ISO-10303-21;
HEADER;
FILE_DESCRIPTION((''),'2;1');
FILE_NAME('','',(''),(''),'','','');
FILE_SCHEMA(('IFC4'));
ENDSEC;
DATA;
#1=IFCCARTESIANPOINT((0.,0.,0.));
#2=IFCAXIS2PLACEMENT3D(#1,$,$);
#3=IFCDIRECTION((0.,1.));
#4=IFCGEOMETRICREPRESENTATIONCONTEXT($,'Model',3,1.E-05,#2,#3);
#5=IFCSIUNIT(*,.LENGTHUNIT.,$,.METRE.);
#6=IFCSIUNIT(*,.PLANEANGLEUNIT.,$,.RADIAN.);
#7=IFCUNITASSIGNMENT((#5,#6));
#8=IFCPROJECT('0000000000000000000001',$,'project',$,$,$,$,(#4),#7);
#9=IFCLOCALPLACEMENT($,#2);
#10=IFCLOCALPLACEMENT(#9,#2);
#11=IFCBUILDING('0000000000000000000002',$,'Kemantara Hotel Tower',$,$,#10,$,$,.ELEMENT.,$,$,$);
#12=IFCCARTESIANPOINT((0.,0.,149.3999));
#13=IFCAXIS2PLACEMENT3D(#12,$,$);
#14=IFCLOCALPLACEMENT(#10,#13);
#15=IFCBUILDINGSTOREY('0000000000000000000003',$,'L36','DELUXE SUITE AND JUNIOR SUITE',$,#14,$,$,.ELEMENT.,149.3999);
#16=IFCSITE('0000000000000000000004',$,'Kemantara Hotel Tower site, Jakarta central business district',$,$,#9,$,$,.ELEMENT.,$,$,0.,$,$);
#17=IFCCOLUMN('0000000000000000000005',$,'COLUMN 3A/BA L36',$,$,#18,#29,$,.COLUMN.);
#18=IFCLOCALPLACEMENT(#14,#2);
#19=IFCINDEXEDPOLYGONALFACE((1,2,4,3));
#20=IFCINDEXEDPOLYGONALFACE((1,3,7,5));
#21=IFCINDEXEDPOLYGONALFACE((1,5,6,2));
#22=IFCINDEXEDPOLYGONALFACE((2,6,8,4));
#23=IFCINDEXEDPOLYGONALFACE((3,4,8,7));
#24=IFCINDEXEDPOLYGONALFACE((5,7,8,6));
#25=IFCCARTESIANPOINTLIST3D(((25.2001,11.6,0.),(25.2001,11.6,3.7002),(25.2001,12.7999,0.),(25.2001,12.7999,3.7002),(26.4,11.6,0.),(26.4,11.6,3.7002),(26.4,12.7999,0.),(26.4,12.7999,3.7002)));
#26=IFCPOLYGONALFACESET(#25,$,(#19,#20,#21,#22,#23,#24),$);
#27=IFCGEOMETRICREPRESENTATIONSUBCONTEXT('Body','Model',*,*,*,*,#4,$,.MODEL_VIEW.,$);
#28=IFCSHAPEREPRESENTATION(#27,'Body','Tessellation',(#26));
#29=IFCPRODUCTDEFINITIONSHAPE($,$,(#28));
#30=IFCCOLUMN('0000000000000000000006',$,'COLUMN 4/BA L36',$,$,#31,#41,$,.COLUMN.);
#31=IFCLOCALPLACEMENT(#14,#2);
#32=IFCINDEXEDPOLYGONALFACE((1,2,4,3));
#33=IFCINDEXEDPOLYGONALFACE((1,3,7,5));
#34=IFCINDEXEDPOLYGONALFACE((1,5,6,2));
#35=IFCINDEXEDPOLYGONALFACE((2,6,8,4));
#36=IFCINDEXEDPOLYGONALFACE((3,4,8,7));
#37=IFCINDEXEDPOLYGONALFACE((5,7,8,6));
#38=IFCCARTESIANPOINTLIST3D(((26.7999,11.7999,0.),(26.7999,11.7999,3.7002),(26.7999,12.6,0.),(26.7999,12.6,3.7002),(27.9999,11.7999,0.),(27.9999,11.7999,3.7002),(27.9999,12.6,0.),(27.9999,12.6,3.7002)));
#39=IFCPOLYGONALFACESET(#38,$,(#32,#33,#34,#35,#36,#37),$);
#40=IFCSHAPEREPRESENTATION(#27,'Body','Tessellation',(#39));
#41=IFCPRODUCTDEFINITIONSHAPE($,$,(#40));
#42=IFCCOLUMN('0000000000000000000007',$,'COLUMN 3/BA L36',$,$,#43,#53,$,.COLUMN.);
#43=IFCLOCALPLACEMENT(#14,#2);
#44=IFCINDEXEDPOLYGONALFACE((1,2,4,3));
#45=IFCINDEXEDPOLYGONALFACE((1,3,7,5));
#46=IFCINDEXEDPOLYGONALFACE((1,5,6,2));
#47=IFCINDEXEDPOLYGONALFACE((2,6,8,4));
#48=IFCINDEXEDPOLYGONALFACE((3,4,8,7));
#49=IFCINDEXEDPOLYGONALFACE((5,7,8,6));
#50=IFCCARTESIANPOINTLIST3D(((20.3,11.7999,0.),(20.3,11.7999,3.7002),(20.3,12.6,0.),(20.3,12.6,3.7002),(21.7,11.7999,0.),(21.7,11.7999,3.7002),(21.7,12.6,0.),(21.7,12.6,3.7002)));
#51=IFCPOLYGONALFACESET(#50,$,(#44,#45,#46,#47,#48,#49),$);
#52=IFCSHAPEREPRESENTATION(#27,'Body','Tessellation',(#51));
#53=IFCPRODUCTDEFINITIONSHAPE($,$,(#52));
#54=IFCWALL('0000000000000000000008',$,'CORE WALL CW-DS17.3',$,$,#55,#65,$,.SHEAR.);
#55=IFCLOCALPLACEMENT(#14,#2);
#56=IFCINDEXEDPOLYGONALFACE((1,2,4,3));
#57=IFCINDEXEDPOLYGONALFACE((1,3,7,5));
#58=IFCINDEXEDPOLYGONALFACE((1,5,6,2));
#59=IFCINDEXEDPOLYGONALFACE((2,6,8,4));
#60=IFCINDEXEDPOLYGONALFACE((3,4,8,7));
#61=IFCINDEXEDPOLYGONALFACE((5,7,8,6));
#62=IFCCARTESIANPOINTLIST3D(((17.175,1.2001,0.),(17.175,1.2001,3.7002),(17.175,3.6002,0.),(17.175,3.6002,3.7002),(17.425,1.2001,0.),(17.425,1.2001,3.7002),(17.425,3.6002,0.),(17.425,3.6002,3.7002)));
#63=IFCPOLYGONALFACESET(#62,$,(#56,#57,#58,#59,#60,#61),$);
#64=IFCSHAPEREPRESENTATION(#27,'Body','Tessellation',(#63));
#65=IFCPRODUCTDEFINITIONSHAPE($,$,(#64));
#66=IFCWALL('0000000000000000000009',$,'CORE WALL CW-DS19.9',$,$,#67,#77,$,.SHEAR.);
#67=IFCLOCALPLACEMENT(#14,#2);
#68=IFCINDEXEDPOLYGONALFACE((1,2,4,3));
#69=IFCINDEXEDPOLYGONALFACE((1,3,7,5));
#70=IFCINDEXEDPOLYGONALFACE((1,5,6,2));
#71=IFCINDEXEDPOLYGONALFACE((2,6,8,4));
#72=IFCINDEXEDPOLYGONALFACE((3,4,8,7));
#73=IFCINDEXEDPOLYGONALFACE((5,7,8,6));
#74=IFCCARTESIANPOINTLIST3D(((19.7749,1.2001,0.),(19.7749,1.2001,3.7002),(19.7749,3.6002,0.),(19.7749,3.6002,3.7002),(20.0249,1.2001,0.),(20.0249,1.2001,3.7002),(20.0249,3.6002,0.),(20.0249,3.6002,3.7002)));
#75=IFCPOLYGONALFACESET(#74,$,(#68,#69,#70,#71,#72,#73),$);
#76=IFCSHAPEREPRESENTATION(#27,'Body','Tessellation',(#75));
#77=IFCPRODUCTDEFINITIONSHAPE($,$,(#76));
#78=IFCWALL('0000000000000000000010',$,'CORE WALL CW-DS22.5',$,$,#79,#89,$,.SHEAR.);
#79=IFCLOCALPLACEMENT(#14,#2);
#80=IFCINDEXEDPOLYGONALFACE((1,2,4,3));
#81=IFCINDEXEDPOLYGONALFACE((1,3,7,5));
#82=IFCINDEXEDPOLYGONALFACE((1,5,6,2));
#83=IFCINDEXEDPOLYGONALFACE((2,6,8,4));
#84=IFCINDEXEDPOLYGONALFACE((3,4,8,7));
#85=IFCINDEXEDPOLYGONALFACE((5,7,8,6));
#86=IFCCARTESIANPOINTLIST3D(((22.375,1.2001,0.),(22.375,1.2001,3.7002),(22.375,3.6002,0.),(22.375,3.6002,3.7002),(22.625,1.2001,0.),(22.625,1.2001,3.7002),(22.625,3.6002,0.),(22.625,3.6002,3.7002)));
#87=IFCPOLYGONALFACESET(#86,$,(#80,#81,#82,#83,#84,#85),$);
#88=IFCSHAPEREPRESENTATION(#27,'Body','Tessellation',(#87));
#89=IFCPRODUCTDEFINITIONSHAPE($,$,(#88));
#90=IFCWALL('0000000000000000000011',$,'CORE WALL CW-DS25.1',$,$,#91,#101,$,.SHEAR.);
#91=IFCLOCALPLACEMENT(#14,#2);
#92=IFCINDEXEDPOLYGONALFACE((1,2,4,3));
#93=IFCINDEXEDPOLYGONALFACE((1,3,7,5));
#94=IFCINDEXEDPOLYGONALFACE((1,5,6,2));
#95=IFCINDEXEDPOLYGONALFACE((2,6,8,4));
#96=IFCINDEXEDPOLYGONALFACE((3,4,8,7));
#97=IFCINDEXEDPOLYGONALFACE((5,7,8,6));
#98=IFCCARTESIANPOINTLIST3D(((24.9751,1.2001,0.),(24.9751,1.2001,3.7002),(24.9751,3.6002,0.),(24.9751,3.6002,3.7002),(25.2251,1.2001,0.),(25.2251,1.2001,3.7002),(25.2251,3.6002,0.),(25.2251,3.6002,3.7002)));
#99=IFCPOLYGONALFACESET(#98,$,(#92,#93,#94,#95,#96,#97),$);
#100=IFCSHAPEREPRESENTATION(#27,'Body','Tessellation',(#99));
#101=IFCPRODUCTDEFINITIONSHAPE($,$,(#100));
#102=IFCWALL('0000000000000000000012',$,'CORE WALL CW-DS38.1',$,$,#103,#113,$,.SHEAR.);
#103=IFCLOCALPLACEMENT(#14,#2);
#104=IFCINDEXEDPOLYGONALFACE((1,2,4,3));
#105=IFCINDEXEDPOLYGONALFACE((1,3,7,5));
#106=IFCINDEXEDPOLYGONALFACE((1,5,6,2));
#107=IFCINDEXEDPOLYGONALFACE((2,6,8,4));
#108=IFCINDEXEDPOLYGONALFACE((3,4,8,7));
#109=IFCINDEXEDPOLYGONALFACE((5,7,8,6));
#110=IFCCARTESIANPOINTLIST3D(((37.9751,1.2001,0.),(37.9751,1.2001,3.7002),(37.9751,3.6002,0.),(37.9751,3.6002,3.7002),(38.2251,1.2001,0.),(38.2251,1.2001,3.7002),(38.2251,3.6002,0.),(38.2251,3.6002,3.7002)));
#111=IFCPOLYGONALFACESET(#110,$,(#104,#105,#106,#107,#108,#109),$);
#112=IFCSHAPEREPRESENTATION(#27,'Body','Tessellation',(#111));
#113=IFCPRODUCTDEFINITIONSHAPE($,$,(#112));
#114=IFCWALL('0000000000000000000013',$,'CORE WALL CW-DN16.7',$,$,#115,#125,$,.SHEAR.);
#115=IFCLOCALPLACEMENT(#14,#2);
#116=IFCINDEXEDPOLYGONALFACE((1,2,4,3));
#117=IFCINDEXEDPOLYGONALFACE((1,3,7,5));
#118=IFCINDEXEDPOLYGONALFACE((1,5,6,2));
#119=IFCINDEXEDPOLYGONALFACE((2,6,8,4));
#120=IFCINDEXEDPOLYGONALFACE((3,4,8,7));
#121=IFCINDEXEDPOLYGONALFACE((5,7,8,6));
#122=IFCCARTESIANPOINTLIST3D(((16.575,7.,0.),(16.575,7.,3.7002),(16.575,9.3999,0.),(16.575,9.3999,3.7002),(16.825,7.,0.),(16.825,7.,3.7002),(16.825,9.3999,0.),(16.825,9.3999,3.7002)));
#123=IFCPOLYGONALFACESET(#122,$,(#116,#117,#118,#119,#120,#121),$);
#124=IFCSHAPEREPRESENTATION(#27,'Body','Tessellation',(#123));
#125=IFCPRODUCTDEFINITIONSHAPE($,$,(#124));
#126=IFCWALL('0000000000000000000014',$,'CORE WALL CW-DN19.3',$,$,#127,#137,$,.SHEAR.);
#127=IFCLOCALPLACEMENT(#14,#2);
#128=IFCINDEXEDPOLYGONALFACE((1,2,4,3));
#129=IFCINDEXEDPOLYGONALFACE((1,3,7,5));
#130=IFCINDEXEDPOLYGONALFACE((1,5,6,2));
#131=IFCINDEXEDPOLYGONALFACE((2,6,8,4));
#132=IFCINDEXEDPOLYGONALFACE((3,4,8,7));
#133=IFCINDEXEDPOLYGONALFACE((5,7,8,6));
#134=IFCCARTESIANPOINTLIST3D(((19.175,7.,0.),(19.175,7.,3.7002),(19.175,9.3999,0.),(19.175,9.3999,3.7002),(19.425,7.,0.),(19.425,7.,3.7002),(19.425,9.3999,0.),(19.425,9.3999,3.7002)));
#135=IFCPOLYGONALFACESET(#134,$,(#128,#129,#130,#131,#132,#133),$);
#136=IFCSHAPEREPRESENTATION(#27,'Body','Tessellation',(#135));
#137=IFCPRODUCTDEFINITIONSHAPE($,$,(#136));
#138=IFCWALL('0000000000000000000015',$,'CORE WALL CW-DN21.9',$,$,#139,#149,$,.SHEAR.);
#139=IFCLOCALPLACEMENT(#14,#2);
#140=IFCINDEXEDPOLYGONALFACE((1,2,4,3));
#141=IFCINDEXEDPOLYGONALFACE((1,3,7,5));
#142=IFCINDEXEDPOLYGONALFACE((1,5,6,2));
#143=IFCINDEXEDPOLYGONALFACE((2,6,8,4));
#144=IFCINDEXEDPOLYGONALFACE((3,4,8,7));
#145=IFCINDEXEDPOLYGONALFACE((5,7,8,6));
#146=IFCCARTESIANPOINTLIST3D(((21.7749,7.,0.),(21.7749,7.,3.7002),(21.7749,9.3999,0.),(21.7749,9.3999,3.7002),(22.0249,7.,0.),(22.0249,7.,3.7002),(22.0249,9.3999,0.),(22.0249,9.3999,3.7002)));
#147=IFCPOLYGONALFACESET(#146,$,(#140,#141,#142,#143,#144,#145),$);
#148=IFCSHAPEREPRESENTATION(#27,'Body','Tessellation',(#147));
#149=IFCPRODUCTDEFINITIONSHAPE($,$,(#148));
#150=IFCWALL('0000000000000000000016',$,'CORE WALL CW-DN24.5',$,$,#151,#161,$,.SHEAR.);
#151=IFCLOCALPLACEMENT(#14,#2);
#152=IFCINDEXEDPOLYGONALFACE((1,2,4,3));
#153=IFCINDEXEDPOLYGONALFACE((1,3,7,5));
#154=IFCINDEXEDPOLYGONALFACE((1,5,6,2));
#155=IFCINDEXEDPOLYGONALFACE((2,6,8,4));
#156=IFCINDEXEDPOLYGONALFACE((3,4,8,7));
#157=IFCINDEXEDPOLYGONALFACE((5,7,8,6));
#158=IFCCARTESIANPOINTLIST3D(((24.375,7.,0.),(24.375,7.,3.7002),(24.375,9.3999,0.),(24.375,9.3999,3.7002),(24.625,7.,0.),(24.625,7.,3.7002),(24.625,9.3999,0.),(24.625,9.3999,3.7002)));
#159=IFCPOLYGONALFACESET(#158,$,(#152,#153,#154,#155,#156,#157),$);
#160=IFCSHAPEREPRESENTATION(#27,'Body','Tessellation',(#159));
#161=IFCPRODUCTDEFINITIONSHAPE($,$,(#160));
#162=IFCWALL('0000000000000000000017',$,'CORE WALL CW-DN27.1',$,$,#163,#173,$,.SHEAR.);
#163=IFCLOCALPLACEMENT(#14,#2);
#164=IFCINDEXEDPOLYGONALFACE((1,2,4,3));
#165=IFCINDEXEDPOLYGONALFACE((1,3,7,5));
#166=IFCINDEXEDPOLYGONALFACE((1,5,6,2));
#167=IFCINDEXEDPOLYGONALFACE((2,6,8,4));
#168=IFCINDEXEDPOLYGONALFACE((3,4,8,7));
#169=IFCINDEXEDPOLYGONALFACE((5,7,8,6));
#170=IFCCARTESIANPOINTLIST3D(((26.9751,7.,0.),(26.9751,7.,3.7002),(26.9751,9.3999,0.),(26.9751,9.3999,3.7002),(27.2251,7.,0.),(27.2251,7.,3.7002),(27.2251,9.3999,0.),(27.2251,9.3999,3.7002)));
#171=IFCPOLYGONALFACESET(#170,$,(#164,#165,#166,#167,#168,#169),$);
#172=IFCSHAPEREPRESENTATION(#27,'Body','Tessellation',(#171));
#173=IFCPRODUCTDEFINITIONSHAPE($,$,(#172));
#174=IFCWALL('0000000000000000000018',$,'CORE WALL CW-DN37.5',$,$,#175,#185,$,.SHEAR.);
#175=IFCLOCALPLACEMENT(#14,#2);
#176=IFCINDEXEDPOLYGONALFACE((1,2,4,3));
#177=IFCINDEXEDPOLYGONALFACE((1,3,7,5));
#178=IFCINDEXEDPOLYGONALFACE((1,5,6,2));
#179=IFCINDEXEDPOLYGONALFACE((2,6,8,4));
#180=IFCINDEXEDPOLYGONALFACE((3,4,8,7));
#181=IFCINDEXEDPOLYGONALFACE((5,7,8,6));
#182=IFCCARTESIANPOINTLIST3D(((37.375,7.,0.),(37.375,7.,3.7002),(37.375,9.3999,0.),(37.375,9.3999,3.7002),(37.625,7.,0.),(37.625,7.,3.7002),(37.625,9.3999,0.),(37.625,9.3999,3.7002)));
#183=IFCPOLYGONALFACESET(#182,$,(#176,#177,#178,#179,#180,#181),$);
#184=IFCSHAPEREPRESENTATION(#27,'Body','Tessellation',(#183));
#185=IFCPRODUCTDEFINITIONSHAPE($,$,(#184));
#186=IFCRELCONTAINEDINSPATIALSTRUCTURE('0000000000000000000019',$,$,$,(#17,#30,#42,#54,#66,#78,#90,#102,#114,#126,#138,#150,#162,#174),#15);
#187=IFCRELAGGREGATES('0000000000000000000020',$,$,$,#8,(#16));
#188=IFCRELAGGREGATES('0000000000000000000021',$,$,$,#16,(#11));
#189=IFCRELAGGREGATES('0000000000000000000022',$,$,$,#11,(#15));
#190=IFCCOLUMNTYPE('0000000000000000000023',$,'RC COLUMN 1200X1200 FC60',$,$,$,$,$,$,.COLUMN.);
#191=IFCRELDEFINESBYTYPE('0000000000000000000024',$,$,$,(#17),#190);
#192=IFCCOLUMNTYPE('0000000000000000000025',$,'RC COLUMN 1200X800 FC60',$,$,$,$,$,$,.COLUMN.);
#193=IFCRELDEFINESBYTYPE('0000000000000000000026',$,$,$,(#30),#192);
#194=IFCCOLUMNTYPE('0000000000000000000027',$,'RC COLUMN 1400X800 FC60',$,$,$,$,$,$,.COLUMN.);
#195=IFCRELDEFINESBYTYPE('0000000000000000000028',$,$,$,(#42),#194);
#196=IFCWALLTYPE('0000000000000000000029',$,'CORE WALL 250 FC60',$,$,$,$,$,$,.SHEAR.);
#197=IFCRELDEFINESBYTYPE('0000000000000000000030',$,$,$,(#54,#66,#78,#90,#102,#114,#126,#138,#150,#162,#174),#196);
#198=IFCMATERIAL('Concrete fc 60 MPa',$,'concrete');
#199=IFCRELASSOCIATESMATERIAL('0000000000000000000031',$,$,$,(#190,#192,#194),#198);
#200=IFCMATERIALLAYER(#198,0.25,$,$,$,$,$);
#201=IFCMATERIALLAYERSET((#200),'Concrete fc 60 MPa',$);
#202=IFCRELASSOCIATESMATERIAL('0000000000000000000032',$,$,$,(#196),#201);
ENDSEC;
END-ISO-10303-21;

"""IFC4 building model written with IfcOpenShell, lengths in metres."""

from ifc_helpers import new_model, si_unit, direction, frame, frame_2d, origin, origin_2d, place, context, subcontext, project, spatial, rectangle, extrude, material, layer, layer_set, material_profile, profile_set, type_object, element, save


model = new_model("IFC4")

# Units and contexts
model_context = context("Model", 3, precision=1e-05, world=origin(), true_north=direction((0.0, 1.0)))
body_context = subcontext(model_context, "Body", "Model", "MODEL_VIEW")
ifc_project = project(units=[si_unit("LENGTHUNIT", "METRE"), si_unit("PLANEANGLEUNIT", "RADIAN")], contexts=[model_context])

# Site, building, storey
site_placement = place(None, origin())
site = spatial("IfcSite", under=ifc_project, at=site_placement, Name="Kemantara Hotel Tower site, Jakarta central business district", CompositionType="ELEMENT", RefElevation=0.0)
building_placement = place(site_placement, origin())
building = spatial("IfcBuilding", under=site, at=building_placement, Name="Kemantara Hotel Tower", CompositionType="ELEMENT")
storey_placement = place(building_placement, frame((0.0, 0.0, 149.3999)))
storey = spatial("IfcBuildingStorey", under=building, at=storey_placement, Name="L36", Description="DELUXE SUITE AND JUNIOR SUITE", CompositionType="ELEMENT", Elevation=149.3999)

# Columns
ifc_material_1 = material(Name="Concrete fc 60 MPa", Category="concrete")
ifc_material_profile_1 = material_profile(ifc_material_1, rectangle(XDim=1.2, YDim=1.2, at=origin_2d()), Name="RC 1200X1200")
ifc_profile_set_1 = profile_set([ifc_material_profile_1], Name="Concrete fc 60 MPa")
column_type_1 = type_object("IfcColumnType", Name="RC COLUMN 1200X1200 FC60", PredefinedType="COLUMN", material=ifc_profile_set_1)
column_1_placement = place(storey_placement, frame((25.8, 12.2, 0.0), z_axis=(0.0, 0.0, 1.0), x_axis=(1.0, 0.0, 0.0)))
element("IfcColumn", 1, at=column_1_placement, inside=storey, type_object=column_type_1, Name="COLUMN 3A/BA L36", PredefinedType="COLUMN", context=body_context, shape_type="SweptSolid", body=[
    extrude(rectangle(XDim=1.2, YDim=1.2, at=origin_2d()), origin(), (0.0, 0.0, 1.0), 3.7002),
])
ifc_material_profile_2 = material_profile(ifc_material_1, rectangle(XDim=1.2, YDim=0.8, at=origin_2d()), Name="RC 1200X800")
ifc_profile_set_2 = profile_set([ifc_material_profile_2], Name="Concrete fc 60 MPa")
column_type_2 = type_object("IfcColumnType", Name="RC COLUMN 1200X800 FC60", PredefinedType="COLUMN", material=ifc_profile_set_2)
column_2_placement = place(storey_placement, frame((27.3999, 12.2, 0.0), z_axis=(0.0, 0.0, 1.0), x_axis=(1.0, 0.0, 0.0)))
element("IfcColumn", 2, at=column_2_placement, inside=storey, type_object=column_type_2, Name="COLUMN 4/BA L36", PredefinedType="COLUMN", context=body_context, shape_type="SweptSolid", body=[
    extrude(rectangle(XDim=1.2, YDim=0.8, at=origin_2d()), origin(), (0.0, 0.0, 1.0), 3.7002),
])
ifc_material_profile_3 = material_profile(ifc_material_1, rectangle(XDim=1.3999, YDim=0.8, at=origin_2d()), Name="RC 1400X800")
ifc_profile_set_3 = profile_set([ifc_material_profile_3], Name="Concrete fc 60 MPa")
column_type_3 = type_object("IfcColumnType", Name="RC COLUMN 1400X800 FC60", PredefinedType="COLUMN", material=ifc_profile_set_3)
column_3_placement = place(storey_placement, frame((21.0, 12.2, 0.0), z_axis=(0.0, 0.0, 1.0), x_axis=(1.0, 0.0, 0.0)))
element("IfcColumn", 3, at=column_3_placement, inside=storey, type_object=column_type_3, Name="COLUMN 3/BA L36", PredefinedType="COLUMN", context=body_context, shape_type="SweptSolid", body=[
    extrude(rectangle(XDim=1.3999, YDim=0.8, at=origin_2d()), origin(), (0.0, 0.0, 1.0), 3.7002),
])

# Walls
ifc_layer_1 = layer(ifc_material_1, 0.25)
ifc_layer_set_1 = layer_set([ifc_layer_1], Name="Concrete fc 60 MPa")
wall_type_1 = type_object("IfcWallType", Name="CORE WALL 250 FC60", PredefinedType="SHEAR", material=ifc_layer_set_1)
for number, where, z_axis, x_axis, name in (
    (4, (17.3, 1.2, 0.0), (0.0, 0.0, 1.0), (0.0, 1.0, 0.0), "CORE WALL CW-DS17.3"),
    (5, (19.8999, 1.2, 0.0), (0.0, 0.0, 1.0), (0.0, 1.0, 0.0), "CORE WALL CW-DS19.9"),
    (6, (22.5, 1.2, 0.0), (0.0, 0.0, 1.0), (0.0, 1.0, 0.0), "CORE WALL CW-DS22.5"),
    (7, (25.1001, 1.2, 0.0), (0.0, 0.0, 1.0), (0.0, 1.0, 0.0), "CORE WALL CW-DS25.1"),
    (8, (38.1001, 1.2, 0.0), (0.0, 0.0, 1.0), (0.0, 1.0, 0.0), "CORE WALL CW-DS38.1"),
):
    element("IfcWall", number, at=place(storey_placement, frame(where, z_axis=z_axis, x_axis=x_axis)), inside=storey, type_object=wall_type_1, Name=name, PredefinedType="SHEAR", context=body_context, shape_type="SweptSolid", body=[
        extrude(rectangle(XDim=2.4001, YDim=0.25, at=frame_2d((1.2002, 0.0))), origin(), (0.0, 0.0, 1.0), 3.7002),
    ])
for number, where, z_axis, x_axis, name in (
    (9, (16.7, 7.0, 0.0), (0.0, 0.0, 1.0), (0.0, 1.0, 0.0), "CORE WALL CW-DN16.7"),
    (10, (19.3, 7.0, 0.0), (0.0, 0.0, 1.0), (0.0, 1.0, 0.0), "CORE WALL CW-DN19.3"),
    (11, (21.8999, 7.0, 0.0), (0.0, 0.0, 1.0), (0.0, 1.0, 0.0), "CORE WALL CW-DN21.9"),
    (12, (24.5, 7.0, 0.0), (0.0, 0.0, 1.0), (0.0, 1.0, 0.0), "CORE WALL CW-DN24.5"),
    (13, (27.1001, 7.0, 0.0), (0.0, 0.0, 1.0), (0.0, 1.0, 0.0), "CORE WALL CW-DN27.1"),
    (14, (37.5, 7.0, 0.0), (0.0, 0.0, 1.0), (0.0, 1.0, 0.0), "CORE WALL CW-DN37.5"),
):
    element("IfcWall", number, at=place(storey_placement, frame(where, z_axis=z_axis, x_axis=x_axis)), inside=storey, type_object=wall_type_1, Name=name, PredefinedType="SHEAR", context=body_context, shape_type="SweptSolid", body=[
        extrude(rectangle(XDim=2.3999, YDim=0.25, at=frame_2d((1.2, 0.0))), origin(), (0.0, 0.0, 1.0), 3.7002),
    ])

save(model, "model.ifc")
